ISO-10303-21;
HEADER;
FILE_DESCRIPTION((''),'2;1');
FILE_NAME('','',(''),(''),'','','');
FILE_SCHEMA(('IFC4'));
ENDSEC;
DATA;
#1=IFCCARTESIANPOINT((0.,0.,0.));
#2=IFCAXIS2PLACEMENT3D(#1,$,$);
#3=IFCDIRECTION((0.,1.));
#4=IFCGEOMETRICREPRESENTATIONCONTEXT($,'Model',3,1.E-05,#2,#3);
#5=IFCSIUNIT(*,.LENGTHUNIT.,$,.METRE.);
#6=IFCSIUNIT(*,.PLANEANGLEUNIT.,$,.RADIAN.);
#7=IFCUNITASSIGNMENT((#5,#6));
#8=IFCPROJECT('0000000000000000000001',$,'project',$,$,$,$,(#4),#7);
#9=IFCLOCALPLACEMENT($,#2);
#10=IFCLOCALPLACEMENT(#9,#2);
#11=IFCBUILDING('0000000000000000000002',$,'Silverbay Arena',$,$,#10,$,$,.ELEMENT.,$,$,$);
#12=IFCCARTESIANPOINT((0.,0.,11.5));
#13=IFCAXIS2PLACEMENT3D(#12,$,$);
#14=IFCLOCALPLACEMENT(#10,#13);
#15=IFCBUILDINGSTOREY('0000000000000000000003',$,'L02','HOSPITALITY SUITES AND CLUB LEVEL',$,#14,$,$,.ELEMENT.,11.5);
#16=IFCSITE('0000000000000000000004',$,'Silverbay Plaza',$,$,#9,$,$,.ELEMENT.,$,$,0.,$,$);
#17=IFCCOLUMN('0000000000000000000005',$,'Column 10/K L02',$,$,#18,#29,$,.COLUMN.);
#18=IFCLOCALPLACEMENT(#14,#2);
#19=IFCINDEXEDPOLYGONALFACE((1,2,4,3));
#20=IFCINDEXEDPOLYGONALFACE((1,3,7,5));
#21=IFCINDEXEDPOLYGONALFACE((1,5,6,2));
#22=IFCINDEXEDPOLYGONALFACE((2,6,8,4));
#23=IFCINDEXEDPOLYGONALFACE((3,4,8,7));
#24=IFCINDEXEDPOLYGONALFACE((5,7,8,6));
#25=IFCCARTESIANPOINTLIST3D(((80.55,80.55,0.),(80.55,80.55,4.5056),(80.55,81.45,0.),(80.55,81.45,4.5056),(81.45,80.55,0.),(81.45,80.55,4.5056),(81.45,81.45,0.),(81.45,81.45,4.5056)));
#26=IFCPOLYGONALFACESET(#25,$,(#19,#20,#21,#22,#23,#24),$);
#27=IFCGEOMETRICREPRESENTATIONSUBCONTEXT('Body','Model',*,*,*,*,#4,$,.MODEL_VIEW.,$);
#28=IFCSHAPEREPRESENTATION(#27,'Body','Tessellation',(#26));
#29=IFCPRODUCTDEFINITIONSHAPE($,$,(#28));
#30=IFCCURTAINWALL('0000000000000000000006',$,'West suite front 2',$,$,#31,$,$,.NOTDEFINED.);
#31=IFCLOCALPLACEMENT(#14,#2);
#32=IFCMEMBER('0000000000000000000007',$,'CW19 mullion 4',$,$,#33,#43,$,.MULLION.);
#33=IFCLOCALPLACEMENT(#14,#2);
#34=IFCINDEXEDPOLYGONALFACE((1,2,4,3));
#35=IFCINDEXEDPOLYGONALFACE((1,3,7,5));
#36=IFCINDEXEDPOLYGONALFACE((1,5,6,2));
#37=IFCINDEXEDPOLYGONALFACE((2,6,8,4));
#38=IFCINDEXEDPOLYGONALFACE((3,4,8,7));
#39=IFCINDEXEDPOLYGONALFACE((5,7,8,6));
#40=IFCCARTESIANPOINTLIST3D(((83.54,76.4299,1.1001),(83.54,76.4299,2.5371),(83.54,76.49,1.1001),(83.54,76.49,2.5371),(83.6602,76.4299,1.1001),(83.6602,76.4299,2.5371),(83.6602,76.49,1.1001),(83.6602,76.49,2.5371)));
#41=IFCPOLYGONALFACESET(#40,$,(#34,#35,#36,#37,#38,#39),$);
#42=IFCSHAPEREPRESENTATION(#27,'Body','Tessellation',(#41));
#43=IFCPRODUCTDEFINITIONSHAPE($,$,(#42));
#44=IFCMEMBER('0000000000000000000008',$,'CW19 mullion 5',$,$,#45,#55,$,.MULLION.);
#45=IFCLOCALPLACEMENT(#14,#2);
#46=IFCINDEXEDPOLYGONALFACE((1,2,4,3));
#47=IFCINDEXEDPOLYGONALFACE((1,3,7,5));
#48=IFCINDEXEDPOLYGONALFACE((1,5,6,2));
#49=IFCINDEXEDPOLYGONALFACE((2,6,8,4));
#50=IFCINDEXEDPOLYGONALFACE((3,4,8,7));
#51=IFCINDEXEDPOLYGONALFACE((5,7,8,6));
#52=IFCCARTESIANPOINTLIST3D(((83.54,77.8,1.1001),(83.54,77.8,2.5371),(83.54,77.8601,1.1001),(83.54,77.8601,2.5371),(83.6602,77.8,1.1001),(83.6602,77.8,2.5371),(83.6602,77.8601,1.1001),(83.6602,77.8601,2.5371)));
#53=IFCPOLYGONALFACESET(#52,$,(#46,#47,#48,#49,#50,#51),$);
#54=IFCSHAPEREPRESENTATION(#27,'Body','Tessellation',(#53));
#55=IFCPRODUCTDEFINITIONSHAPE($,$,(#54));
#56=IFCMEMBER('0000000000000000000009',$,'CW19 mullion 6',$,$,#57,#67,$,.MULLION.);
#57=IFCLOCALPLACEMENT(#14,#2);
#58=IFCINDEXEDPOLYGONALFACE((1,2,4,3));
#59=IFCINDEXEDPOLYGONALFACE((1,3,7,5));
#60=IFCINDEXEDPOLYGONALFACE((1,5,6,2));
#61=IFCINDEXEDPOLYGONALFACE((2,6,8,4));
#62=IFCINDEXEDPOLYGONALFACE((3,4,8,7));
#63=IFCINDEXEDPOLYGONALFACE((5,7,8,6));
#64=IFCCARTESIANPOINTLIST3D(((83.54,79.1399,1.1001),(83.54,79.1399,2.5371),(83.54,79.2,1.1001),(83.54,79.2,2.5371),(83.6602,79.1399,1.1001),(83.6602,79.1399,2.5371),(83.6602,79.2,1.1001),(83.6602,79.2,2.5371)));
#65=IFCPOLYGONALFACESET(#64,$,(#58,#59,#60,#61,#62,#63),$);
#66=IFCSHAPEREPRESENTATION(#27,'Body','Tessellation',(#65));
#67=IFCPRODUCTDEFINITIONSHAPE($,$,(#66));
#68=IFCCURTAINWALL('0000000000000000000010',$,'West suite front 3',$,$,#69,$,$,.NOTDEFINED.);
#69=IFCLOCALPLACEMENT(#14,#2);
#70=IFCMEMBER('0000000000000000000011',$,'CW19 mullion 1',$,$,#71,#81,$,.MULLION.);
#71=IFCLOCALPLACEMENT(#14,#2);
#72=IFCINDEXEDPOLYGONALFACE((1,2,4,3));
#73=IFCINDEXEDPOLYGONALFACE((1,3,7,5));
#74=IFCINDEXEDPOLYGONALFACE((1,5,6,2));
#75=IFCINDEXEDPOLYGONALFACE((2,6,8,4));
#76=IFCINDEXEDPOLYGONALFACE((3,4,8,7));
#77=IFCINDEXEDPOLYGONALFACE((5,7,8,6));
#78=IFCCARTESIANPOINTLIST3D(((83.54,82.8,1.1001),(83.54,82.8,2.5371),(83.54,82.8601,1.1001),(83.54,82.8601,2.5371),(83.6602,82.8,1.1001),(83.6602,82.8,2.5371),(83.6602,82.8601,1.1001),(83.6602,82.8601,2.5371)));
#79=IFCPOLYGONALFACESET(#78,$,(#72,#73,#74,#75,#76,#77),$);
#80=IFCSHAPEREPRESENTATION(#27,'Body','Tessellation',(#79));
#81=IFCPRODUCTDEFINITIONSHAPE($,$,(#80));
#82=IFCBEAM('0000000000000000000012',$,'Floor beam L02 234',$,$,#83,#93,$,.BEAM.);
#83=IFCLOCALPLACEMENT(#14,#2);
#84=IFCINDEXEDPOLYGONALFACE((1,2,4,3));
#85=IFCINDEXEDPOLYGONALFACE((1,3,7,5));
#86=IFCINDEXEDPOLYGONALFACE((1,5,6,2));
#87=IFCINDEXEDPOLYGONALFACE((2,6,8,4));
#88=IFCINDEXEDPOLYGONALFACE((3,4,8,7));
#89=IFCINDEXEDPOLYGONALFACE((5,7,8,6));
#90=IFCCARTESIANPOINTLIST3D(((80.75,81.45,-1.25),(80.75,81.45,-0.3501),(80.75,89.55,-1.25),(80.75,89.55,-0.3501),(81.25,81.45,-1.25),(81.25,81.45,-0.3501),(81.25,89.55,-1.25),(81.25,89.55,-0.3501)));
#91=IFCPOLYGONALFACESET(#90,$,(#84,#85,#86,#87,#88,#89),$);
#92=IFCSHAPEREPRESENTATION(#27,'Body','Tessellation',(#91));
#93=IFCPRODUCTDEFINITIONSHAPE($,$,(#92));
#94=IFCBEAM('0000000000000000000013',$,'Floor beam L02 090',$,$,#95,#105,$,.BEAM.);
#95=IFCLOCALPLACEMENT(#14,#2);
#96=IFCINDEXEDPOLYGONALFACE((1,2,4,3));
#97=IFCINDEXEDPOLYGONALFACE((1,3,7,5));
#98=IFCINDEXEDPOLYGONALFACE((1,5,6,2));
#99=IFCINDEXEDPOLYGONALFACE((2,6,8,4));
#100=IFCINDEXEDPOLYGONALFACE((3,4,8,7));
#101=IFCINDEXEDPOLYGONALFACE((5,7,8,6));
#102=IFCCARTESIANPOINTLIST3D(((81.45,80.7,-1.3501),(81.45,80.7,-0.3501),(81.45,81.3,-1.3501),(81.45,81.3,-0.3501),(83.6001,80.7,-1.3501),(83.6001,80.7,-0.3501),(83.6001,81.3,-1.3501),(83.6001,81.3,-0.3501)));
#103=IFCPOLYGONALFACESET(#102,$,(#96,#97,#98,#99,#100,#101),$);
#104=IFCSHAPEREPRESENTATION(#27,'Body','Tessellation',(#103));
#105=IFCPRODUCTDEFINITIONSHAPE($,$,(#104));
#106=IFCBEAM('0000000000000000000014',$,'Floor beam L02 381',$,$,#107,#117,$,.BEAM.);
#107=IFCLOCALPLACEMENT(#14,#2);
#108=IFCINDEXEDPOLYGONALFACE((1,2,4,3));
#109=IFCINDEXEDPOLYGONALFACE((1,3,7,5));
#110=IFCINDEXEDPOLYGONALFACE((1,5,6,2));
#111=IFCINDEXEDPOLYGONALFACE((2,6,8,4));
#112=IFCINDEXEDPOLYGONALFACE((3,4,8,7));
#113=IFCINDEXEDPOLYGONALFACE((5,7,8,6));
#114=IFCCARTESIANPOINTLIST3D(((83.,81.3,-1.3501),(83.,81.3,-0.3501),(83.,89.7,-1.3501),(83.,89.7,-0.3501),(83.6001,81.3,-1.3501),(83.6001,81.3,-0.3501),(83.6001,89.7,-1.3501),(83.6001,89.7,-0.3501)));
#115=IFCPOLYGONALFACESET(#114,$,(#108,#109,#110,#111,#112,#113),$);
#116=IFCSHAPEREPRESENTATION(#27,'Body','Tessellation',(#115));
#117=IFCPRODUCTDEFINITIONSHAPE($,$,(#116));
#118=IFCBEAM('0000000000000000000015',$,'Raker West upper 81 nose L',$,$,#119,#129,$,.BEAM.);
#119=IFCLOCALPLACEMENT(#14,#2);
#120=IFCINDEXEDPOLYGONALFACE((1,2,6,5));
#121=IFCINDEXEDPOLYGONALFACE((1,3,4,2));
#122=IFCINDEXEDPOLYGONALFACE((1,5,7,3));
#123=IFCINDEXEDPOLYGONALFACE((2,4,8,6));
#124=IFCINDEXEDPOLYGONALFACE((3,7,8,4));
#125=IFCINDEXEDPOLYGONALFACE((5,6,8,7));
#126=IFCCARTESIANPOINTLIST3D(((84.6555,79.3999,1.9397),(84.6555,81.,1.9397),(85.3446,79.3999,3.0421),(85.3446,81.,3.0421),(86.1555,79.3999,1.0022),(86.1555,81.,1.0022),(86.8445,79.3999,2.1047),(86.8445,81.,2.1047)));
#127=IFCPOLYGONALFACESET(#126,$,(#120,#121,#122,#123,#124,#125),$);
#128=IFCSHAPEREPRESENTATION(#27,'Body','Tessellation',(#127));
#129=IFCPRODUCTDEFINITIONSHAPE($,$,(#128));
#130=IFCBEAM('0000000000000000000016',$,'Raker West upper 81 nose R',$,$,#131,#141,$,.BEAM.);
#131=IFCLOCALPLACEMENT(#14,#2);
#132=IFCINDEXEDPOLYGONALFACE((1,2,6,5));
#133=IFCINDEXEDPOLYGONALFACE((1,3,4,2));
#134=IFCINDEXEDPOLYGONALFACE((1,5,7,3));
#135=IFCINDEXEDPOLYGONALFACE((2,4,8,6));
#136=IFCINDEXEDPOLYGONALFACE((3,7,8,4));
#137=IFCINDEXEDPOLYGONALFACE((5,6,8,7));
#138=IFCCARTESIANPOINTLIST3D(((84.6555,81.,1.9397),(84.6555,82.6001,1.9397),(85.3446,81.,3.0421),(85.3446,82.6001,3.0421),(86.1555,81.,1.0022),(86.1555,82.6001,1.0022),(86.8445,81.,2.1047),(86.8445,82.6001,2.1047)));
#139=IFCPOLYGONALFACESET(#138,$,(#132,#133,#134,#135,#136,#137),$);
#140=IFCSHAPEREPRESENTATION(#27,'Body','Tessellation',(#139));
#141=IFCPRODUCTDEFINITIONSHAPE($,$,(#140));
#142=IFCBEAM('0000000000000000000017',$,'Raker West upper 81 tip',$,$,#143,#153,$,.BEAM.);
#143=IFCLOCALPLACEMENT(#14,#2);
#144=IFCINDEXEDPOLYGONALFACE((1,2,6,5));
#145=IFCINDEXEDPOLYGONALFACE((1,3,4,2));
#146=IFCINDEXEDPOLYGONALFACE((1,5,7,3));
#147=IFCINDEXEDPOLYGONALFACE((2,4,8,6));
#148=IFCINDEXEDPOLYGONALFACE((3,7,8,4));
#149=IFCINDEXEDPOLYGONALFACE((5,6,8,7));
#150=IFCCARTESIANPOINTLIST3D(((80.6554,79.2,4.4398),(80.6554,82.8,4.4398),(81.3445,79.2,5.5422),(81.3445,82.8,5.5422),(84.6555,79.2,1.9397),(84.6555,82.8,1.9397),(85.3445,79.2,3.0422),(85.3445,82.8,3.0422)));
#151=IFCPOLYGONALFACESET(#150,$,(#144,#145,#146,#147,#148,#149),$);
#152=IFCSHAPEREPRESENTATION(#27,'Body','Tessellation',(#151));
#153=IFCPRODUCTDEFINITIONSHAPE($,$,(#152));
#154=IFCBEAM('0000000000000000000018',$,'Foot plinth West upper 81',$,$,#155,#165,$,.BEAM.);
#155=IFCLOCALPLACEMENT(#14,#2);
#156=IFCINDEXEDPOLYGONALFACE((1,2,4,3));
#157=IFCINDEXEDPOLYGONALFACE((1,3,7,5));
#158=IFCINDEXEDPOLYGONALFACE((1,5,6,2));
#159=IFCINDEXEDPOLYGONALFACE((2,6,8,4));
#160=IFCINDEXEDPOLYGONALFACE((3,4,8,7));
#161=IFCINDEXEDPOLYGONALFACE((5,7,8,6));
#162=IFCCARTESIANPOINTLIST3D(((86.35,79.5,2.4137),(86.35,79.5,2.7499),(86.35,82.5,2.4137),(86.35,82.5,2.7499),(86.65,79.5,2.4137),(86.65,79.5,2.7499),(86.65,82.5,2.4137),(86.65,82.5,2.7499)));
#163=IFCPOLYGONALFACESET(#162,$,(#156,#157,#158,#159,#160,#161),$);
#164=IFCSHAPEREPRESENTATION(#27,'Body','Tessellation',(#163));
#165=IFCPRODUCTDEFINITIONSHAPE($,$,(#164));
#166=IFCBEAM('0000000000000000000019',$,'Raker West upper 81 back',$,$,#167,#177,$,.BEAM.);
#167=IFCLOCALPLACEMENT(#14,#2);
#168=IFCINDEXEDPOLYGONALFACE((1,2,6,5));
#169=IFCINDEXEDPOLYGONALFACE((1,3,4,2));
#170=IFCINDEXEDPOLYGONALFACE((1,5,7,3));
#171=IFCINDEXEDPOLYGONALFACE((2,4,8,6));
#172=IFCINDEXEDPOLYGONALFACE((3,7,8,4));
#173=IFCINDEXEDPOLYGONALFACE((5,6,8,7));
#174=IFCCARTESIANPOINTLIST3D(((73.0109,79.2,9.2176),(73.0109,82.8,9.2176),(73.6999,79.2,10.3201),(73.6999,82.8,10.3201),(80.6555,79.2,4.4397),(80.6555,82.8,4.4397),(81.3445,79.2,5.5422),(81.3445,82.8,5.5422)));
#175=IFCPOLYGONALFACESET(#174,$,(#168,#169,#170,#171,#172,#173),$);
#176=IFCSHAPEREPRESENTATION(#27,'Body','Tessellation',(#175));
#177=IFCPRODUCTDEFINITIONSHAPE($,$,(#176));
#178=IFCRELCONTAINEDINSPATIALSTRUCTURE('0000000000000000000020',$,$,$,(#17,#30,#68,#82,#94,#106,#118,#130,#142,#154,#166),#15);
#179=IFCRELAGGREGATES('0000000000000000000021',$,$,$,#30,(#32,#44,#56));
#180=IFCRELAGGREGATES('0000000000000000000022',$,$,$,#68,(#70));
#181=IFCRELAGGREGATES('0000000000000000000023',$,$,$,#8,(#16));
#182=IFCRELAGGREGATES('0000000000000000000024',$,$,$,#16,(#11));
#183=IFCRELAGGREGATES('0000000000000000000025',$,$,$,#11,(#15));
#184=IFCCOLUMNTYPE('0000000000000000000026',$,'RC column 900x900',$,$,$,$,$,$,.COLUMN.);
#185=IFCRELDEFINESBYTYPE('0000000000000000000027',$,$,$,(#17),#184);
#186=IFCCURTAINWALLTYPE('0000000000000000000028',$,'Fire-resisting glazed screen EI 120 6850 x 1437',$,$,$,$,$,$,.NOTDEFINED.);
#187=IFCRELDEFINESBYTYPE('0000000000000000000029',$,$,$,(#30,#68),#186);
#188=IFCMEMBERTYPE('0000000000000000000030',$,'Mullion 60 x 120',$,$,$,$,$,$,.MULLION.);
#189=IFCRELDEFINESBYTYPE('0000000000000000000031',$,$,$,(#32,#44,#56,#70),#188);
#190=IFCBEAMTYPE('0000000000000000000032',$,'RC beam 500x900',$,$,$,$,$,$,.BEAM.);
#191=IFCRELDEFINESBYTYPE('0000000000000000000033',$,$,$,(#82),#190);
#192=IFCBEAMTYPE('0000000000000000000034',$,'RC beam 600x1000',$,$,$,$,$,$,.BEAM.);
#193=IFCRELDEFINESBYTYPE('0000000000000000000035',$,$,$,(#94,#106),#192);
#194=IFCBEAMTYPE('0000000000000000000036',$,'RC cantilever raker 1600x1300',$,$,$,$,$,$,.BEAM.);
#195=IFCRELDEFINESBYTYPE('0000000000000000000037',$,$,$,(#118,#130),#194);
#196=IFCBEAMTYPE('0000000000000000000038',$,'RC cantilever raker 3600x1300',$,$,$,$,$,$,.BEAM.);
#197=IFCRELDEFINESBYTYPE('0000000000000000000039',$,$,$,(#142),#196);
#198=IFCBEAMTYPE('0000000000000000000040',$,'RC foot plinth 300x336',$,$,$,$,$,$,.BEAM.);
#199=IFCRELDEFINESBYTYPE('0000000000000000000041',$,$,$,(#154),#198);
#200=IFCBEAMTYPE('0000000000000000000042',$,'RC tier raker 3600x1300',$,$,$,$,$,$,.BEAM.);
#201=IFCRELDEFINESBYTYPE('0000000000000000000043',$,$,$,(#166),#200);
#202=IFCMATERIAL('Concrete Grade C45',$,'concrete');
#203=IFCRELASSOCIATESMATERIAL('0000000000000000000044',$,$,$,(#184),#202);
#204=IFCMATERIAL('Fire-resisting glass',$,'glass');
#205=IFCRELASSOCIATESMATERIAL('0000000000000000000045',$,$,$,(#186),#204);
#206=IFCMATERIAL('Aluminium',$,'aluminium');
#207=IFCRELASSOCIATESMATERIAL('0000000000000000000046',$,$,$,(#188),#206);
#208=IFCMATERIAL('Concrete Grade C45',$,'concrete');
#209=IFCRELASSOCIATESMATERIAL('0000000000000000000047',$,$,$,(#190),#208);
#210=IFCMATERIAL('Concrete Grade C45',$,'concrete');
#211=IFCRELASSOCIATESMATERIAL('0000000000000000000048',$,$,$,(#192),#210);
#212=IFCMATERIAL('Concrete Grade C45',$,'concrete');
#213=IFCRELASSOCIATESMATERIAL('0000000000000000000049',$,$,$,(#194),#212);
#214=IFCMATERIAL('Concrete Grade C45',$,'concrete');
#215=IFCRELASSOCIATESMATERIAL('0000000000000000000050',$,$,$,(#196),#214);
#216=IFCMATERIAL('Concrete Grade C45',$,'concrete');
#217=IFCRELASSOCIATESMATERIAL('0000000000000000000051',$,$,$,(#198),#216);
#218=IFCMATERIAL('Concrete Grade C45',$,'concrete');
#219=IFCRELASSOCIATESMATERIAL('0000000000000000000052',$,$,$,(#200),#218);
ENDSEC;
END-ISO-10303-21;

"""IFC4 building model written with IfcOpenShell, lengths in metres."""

from ifc_helpers import new_model, si_unit, direction, frame, origin, origin_2d, place, context, subcontext, project, spatial, rectangle, extrude, material, material_profile, profile_set, type_object, element, aggregate, save


model = new_model("IFC4")

# Units and contexts
model_context = context("Model", 3, precision=1e-05, world=origin(), true_north=direction((0.0, 1.0)))
body_context = subcontext(model_context, "Body", "Model", "MODEL_VIEW")
ifc_project = project(units=[si_unit("LENGTHUNIT", "METRE"), si_unit("PLANEANGLEUNIT", "RADIAN")], contexts=[model_context])

# Site, building, storey
site_placement = place(None, origin())
site = spatial("IfcSite", under=ifc_project, at=site_placement, Name="Silverbay Plaza", CompositionType="ELEMENT", RefElevation=0.0)
building_placement = place(site_placement, origin())
building = spatial("IfcBuilding", under=site, at=building_placement, Name="Silverbay Arena", CompositionType="ELEMENT")
storey_placement = place(building_placement, frame((0.0, 0.0, 11.5)))
storey = spatial("IfcBuildingStorey", under=building, at=storey_placement, Name="L02", Description="HOSPITALITY SUITES AND CLUB LEVEL", CompositionType="ELEMENT", Elevation=11.5)

# Column
ifc_material_1 = material(Name="Concrete Grade C45", Category="concrete")
ifc_material_profile_1 = material_profile(ifc_material_1, rectangle(XDim=0.8999, YDim=0.8999, at=origin_2d()), Name="RC 900x900")
ifc_profile_set_1 = profile_set([ifc_material_profile_1], Name="Concrete Grade C45")
column_type = type_object("IfcColumnType", Name="RC column 900x900", PredefinedType="COLUMN", material=ifc_profile_set_1)
column_placement = place(storey_placement, frame((81.0, 81.0, 0.0), z_axis=(0.0, 0.0, 1.0), x_axis=(1.0, 0.0, 0.0)))
element("IfcColumn", 1, at=column_placement, inside=storey, type_object=column_type, Name="Column 10/K L02", PredefinedType="COLUMN", context=body_context, shape_type="SweptSolid", body=[
    extrude(rectangle(XDim=0.8999, YDim=0.8999, at=origin_2d()), origin(), (0.0, 0.0, 1.0), 4.5056),
])

# Curtain wall, members
ifc_material_2 = material(Name="Fire-resisting glass", Category="glass")
curtain_wall_type = type_object("IfcCurtainWallType", Name="Fire-resisting glazed screen EI 120 6850 x 1437", PredefinedType="NOTDEFINED", material=ifc_material_2)
curtain_wall_1_placement = place(storey_placement, origin())
curtain_wall_1 = element("IfcCurtainWall", 2, at=curtain_wall_1_placement, inside=storey, type_object=curtain_wall_type, Name="West suite front 2", PredefinedType="NOTDEFINED")
ifc_material_3 = material(Name="Aluminium", Category="aluminium")
ifc_material_profile_2 = material_profile(ifc_material_3, rectangle(XDim=0.1201, YDim=0.0601, at=origin_2d()), Name="Mullion 60 x 120")
ifc_profile_set_2 = profile_set([ifc_material_profile_2], Name="Aluminium")
member_type_1 = type_object("IfcMemberType", Name="Mullion 60 x 120", PredefinedType="MULLION", material=ifc_profile_set_2)
member_1_placement = place(storey_placement, frame((83.6001, 76.46, 1.1001), z_axis=(0.0, 0.0, 1.0), x_axis=(-1.0, 0.0, 0.0)))
member_1 = element("IfcMember", 3, at=member_1_placement, type_object=member_type_1, Name="CW19 mullion 4", PredefinedType="MULLION", context=body_context, shape_type="SweptSolid", body=[
    extrude(rectangle(XDim=0.1201, YDim=0.0601, at=origin_2d()), origin(), (0.0, 0.0, 1.0), 1.437),
])
member_2_placement = place(storey_placement, frame((83.6001, 77.8301, 1.1001), z_axis=(0.0, 0.0, 1.0), x_axis=(-1.0, 0.0, 0.0)))
member_2 = element("IfcMember", 4, at=member_2_placement, type_object=member_type_1, Name="CW19 mullion 5", PredefinedType="MULLION", context=body_context, shape_type="SweptSolid", body=[
    extrude(rectangle(XDim=0.1201, YDim=0.0601, at=origin_2d()), origin(), (0.0, 0.0, 1.0), 1.437),
])
member_3_placement = place(storey_placement, frame((83.6001, 79.1699, 1.1001), z_axis=(0.0, 0.0, 1.0), x_axis=(-1.0, 0.0, 0.0)))
member_3 = element("IfcMember", 5, at=member_3_placement, type_object=member_type_1, Name="CW19 mullion 6", PredefinedType="MULLION", context=body_context, shape_type="SweptSolid", body=[
    extrude(rectangle(XDim=0.1201, YDim=0.0601, at=origin_2d()), origin(), (0.0, 0.0, 1.0), 1.437),
])

# Curtain wall, member
curtain_wall_2_placement = place(storey_placement, origin())
curtain_wall_2 = element("IfcCurtainWall", 6, at=curtain_wall_2_placement, inside=storey, type_object=curtain_wall_type, Name="West suite front 3", PredefinedType="NOTDEFINED")
member_4_placement = place(storey_placement, frame((83.6001, 82.8301, 1.1001), z_axis=(0.0, 0.0, 1.0), x_axis=(-1.0, 0.0, 0.0)))
member_4 = element("IfcMember", 7, at=member_4_placement, type_object=member_type_1, Name="CW19 mullion 1", PredefinedType="MULLION", context=body_context, shape_type="SweptSolid", body=[
    extrude(rectangle(XDim=0.1201, YDim=0.0601, at=origin_2d()), origin(), (0.0, 0.0, 1.0), 1.437),
])

# Beams
ifc_material_4 = material(Name="Concrete Grade C45", Category="concrete")
ifc_material_profile_3 = material_profile(ifc_material_4, rectangle(XDim=0.5, YDim=0.8999, at=origin_2d()), Name="RC 500x900")
ifc_profile_set_3 = profile_set([ifc_material_profile_3], Name="Concrete Grade C45")
beam_type_1 = type_object("IfcBeamType", Name="RC beam 500x900", PredefinedType="BEAM", material=ifc_profile_set_3)
beam_1_placement = place(storey_placement, frame((81.0, 81.45, -0.8), z_axis=(0.0, 1.0, 0.0), x_axis=(-1.0, 0.0, 0.0)))
element("IfcBeam", 8, at=beam_1_placement, inside=storey, type_object=beam_type_1, Name="Floor beam L02 234", PredefinedType="BEAM", context=body_context, shape_type="SweptSolid", body=[
    extrude(rectangle(XDim=0.5, YDim=0.8999, at=origin_2d()), origin(), (0.0, 0.0, 1.0), 8.1001),
])
ifc_material_5 = material(Name="Concrete Grade C45", Category="concrete")
ifc_material_profile_4 = material_profile(ifc_material_5, rectangle(XDim=0.6001, YDim=1.0, at=origin_2d()), Name="RC 600x1000")
ifc_profile_set_4 = profile_set([ifc_material_profile_4], Name="Concrete Grade C45")
beam_type_2 = type_object("IfcBeamType", Name="RC beam 600x1000", PredefinedType="BEAM", material=ifc_profile_set_4)
beam_2_placement = place(storey_placement, frame((81.45, 81.0, -0.8501), z_axis=(1.0, 0.0, 0.0), x_axis=(0.0, 1.0, 0.0)))
element("IfcBeam", 9, at=beam_2_placement, inside=storey, type_object=beam_type_2, Name="Floor beam L02 090", PredefinedType="BEAM", context=body_context, shape_type="SweptSolid", body=[
    extrude(rectangle(XDim=0.6001, YDim=1.0, at=origin_2d()), origin(), (0.0, 0.0, 1.0), 2.1501),
])
beam_3_placement = place(storey_placement, frame((83.3, 81.3, -0.8501), z_axis=(0.0, 1.0, 0.0), x_axis=(-1.0, 0.0, 0.0)))
element("IfcBeam", 10, at=beam_3_placement, inside=storey, type_object=beam_type_2, Name="Floor beam L02 381", PredefinedType="BEAM", context=body_context, shape_type="SweptSolid", body=[
    extrude(rectangle(XDim=0.6001, YDim=1.0, at=origin_2d()), origin(), (0.0, 0.0, 1.0), 8.3999),
])
ifc_material_6 = material(Name="Concrete Grade C45", Category="concrete")
ifc_material_profile_5 = material_profile(ifc_material_6, rectangle(XDim=1.6001, YDim=1.3, at=origin_2d()), Name="RC 1600x1300")
ifc_profile_set_5 = profile_set([ifc_material_profile_5], Name="Concrete Grade C45")
beam_type_3 = type_object("IfcBeamType", Name="RC cantilever raker 1600x1300", PredefinedType="BEAM", material=ifc_profile_set_5)
for number, where, z_axis, x_axis, name in (
    (11, (86.5, 80.2, 1.5535), (-0.847998, 0.0, 0.529999), (0.0, -1.0, 0.0), "Raker West upper 81 nose L"),
    (12, (86.5, 81.8, 1.5535), (-0.847998, 0.0, 0.529999), (0.0, -1.0, 0.0), "Raker West upper 81 nose R"),
):
    element("IfcBeam", number, at=place(storey_placement, frame(where, z_axis=z_axis, x_axis=x_axis)), inside=storey, type_object=beam_type_3, Name=name, PredefinedType="BEAM", context=body_context, shape_type="SweptSolid", body=[
        extrude(rectangle(XDim=1.6001, YDim=1.3, at=origin_2d()), origin(), (0.0, 0.0, 1.0), 1.7688),
    ])
ifc_material_7 = material(Name="Concrete Grade C45", Category="concrete")
ifc_material_profile_6 = material_profile(ifc_material_7, rectangle(XDim=3.6001, YDim=1.3, at=origin_2d()), Name="RC 3600x1300")
ifc_profile_set_6 = profile_set([ifc_material_profile_6], Name="Concrete Grade C45")
beam_type_4 = type_object("IfcBeamType", Name="RC cantilever raker 3600x1300", PredefinedType="BEAM", material=ifc_profile_set_6)
beam_4_placement = place(storey_placement, frame((85.0, 81.0, 2.491), z_axis=(-0.847998, 0.0, 0.529999), x_axis=(0.0, -1.0, 0.0)))
element("IfcBeam", 13, at=beam_4_placement, inside=storey, type_object=beam_type_4, Name="Raker West upper 81 tip", PredefinedType="BEAM", context=body_context, shape_type="SweptSolid", body=[
    extrude(rectangle(XDim=3.6001, YDim=1.3, at=origin_2d()), origin(), (0.0, 0.0, 1.0), 4.717),
])
ifc_material_8 = material(Name="Concrete Grade C45", Category="concrete")
ifc_material_profile_7 = material_profile(ifc_material_8, rectangle(XDim=0.3, YDim=0.3362, at=origin_2d()), Name="RC 300x336")
ifc_profile_set_7 = profile_set([ifc_material_profile_7], Name="Concrete Grade C45")
beam_type_5 = type_object("IfcBeamType", Name="RC foot plinth 300x336", PredefinedType="BEAM", material=ifc_profile_set_7)
beam_5_placement = place(storey_placement, frame((86.5, 79.5, 2.5818), z_axis=(0.0, 1.0, 0.0), x_axis=(-1.0, 0.0, 0.0)))
element("IfcBeam", 14, at=beam_5_placement, inside=storey, type_object=beam_type_5, Name="Foot plinth West upper 81", PredefinedType="BEAM", context=body_context, shape_type="SweptSolid", body=[
    extrude(rectangle(XDim=0.3, YDim=0.3362, at=origin_2d()), origin(), (0.0, 0.0, 1.0), 3.0),
])
ifc_material_9 = material(Name="Concrete Grade C45", Category="concrete")
ifc_material_profile_8 = material_profile(ifc_material_9, rectangle(XDim=3.6001, YDim=1.3, at=origin_2d()), Name="RC 3600x1300")
ifc_profile_set_8 = profile_set([ifc_material_profile_8], Name="Concrete Grade C45")
beam_type_6 = type_object("IfcBeamType", Name="RC tier raker 3600x1300", PredefinedType="BEAM", material=ifc_profile_set_8)
beam_6_placement = place(storey_placement, frame((81.0, 81.0, 4.991), z_axis=(-0.847998, 0.0, 0.529999), x_axis=(0.0, -1.0, 0.0)))
element("IfcBeam", 15, at=beam_6_placement, inside=storey, type_object=beam_type_6, Name="Raker West upper 81 back", PredefinedType="BEAM", context=body_context, shape_type="SweptSolid", body=[
    extrude(rectangle(XDim=3.6001, YDim=1.3, at=origin_2d()), origin(), (0.0, 0.0, 1.0), 9.0149),
])

aggregate(curtain_wall_1, [member_1, member_2, member_3])
aggregate(curtain_wall_2, [member_4])

save(model, "model.ifc")
